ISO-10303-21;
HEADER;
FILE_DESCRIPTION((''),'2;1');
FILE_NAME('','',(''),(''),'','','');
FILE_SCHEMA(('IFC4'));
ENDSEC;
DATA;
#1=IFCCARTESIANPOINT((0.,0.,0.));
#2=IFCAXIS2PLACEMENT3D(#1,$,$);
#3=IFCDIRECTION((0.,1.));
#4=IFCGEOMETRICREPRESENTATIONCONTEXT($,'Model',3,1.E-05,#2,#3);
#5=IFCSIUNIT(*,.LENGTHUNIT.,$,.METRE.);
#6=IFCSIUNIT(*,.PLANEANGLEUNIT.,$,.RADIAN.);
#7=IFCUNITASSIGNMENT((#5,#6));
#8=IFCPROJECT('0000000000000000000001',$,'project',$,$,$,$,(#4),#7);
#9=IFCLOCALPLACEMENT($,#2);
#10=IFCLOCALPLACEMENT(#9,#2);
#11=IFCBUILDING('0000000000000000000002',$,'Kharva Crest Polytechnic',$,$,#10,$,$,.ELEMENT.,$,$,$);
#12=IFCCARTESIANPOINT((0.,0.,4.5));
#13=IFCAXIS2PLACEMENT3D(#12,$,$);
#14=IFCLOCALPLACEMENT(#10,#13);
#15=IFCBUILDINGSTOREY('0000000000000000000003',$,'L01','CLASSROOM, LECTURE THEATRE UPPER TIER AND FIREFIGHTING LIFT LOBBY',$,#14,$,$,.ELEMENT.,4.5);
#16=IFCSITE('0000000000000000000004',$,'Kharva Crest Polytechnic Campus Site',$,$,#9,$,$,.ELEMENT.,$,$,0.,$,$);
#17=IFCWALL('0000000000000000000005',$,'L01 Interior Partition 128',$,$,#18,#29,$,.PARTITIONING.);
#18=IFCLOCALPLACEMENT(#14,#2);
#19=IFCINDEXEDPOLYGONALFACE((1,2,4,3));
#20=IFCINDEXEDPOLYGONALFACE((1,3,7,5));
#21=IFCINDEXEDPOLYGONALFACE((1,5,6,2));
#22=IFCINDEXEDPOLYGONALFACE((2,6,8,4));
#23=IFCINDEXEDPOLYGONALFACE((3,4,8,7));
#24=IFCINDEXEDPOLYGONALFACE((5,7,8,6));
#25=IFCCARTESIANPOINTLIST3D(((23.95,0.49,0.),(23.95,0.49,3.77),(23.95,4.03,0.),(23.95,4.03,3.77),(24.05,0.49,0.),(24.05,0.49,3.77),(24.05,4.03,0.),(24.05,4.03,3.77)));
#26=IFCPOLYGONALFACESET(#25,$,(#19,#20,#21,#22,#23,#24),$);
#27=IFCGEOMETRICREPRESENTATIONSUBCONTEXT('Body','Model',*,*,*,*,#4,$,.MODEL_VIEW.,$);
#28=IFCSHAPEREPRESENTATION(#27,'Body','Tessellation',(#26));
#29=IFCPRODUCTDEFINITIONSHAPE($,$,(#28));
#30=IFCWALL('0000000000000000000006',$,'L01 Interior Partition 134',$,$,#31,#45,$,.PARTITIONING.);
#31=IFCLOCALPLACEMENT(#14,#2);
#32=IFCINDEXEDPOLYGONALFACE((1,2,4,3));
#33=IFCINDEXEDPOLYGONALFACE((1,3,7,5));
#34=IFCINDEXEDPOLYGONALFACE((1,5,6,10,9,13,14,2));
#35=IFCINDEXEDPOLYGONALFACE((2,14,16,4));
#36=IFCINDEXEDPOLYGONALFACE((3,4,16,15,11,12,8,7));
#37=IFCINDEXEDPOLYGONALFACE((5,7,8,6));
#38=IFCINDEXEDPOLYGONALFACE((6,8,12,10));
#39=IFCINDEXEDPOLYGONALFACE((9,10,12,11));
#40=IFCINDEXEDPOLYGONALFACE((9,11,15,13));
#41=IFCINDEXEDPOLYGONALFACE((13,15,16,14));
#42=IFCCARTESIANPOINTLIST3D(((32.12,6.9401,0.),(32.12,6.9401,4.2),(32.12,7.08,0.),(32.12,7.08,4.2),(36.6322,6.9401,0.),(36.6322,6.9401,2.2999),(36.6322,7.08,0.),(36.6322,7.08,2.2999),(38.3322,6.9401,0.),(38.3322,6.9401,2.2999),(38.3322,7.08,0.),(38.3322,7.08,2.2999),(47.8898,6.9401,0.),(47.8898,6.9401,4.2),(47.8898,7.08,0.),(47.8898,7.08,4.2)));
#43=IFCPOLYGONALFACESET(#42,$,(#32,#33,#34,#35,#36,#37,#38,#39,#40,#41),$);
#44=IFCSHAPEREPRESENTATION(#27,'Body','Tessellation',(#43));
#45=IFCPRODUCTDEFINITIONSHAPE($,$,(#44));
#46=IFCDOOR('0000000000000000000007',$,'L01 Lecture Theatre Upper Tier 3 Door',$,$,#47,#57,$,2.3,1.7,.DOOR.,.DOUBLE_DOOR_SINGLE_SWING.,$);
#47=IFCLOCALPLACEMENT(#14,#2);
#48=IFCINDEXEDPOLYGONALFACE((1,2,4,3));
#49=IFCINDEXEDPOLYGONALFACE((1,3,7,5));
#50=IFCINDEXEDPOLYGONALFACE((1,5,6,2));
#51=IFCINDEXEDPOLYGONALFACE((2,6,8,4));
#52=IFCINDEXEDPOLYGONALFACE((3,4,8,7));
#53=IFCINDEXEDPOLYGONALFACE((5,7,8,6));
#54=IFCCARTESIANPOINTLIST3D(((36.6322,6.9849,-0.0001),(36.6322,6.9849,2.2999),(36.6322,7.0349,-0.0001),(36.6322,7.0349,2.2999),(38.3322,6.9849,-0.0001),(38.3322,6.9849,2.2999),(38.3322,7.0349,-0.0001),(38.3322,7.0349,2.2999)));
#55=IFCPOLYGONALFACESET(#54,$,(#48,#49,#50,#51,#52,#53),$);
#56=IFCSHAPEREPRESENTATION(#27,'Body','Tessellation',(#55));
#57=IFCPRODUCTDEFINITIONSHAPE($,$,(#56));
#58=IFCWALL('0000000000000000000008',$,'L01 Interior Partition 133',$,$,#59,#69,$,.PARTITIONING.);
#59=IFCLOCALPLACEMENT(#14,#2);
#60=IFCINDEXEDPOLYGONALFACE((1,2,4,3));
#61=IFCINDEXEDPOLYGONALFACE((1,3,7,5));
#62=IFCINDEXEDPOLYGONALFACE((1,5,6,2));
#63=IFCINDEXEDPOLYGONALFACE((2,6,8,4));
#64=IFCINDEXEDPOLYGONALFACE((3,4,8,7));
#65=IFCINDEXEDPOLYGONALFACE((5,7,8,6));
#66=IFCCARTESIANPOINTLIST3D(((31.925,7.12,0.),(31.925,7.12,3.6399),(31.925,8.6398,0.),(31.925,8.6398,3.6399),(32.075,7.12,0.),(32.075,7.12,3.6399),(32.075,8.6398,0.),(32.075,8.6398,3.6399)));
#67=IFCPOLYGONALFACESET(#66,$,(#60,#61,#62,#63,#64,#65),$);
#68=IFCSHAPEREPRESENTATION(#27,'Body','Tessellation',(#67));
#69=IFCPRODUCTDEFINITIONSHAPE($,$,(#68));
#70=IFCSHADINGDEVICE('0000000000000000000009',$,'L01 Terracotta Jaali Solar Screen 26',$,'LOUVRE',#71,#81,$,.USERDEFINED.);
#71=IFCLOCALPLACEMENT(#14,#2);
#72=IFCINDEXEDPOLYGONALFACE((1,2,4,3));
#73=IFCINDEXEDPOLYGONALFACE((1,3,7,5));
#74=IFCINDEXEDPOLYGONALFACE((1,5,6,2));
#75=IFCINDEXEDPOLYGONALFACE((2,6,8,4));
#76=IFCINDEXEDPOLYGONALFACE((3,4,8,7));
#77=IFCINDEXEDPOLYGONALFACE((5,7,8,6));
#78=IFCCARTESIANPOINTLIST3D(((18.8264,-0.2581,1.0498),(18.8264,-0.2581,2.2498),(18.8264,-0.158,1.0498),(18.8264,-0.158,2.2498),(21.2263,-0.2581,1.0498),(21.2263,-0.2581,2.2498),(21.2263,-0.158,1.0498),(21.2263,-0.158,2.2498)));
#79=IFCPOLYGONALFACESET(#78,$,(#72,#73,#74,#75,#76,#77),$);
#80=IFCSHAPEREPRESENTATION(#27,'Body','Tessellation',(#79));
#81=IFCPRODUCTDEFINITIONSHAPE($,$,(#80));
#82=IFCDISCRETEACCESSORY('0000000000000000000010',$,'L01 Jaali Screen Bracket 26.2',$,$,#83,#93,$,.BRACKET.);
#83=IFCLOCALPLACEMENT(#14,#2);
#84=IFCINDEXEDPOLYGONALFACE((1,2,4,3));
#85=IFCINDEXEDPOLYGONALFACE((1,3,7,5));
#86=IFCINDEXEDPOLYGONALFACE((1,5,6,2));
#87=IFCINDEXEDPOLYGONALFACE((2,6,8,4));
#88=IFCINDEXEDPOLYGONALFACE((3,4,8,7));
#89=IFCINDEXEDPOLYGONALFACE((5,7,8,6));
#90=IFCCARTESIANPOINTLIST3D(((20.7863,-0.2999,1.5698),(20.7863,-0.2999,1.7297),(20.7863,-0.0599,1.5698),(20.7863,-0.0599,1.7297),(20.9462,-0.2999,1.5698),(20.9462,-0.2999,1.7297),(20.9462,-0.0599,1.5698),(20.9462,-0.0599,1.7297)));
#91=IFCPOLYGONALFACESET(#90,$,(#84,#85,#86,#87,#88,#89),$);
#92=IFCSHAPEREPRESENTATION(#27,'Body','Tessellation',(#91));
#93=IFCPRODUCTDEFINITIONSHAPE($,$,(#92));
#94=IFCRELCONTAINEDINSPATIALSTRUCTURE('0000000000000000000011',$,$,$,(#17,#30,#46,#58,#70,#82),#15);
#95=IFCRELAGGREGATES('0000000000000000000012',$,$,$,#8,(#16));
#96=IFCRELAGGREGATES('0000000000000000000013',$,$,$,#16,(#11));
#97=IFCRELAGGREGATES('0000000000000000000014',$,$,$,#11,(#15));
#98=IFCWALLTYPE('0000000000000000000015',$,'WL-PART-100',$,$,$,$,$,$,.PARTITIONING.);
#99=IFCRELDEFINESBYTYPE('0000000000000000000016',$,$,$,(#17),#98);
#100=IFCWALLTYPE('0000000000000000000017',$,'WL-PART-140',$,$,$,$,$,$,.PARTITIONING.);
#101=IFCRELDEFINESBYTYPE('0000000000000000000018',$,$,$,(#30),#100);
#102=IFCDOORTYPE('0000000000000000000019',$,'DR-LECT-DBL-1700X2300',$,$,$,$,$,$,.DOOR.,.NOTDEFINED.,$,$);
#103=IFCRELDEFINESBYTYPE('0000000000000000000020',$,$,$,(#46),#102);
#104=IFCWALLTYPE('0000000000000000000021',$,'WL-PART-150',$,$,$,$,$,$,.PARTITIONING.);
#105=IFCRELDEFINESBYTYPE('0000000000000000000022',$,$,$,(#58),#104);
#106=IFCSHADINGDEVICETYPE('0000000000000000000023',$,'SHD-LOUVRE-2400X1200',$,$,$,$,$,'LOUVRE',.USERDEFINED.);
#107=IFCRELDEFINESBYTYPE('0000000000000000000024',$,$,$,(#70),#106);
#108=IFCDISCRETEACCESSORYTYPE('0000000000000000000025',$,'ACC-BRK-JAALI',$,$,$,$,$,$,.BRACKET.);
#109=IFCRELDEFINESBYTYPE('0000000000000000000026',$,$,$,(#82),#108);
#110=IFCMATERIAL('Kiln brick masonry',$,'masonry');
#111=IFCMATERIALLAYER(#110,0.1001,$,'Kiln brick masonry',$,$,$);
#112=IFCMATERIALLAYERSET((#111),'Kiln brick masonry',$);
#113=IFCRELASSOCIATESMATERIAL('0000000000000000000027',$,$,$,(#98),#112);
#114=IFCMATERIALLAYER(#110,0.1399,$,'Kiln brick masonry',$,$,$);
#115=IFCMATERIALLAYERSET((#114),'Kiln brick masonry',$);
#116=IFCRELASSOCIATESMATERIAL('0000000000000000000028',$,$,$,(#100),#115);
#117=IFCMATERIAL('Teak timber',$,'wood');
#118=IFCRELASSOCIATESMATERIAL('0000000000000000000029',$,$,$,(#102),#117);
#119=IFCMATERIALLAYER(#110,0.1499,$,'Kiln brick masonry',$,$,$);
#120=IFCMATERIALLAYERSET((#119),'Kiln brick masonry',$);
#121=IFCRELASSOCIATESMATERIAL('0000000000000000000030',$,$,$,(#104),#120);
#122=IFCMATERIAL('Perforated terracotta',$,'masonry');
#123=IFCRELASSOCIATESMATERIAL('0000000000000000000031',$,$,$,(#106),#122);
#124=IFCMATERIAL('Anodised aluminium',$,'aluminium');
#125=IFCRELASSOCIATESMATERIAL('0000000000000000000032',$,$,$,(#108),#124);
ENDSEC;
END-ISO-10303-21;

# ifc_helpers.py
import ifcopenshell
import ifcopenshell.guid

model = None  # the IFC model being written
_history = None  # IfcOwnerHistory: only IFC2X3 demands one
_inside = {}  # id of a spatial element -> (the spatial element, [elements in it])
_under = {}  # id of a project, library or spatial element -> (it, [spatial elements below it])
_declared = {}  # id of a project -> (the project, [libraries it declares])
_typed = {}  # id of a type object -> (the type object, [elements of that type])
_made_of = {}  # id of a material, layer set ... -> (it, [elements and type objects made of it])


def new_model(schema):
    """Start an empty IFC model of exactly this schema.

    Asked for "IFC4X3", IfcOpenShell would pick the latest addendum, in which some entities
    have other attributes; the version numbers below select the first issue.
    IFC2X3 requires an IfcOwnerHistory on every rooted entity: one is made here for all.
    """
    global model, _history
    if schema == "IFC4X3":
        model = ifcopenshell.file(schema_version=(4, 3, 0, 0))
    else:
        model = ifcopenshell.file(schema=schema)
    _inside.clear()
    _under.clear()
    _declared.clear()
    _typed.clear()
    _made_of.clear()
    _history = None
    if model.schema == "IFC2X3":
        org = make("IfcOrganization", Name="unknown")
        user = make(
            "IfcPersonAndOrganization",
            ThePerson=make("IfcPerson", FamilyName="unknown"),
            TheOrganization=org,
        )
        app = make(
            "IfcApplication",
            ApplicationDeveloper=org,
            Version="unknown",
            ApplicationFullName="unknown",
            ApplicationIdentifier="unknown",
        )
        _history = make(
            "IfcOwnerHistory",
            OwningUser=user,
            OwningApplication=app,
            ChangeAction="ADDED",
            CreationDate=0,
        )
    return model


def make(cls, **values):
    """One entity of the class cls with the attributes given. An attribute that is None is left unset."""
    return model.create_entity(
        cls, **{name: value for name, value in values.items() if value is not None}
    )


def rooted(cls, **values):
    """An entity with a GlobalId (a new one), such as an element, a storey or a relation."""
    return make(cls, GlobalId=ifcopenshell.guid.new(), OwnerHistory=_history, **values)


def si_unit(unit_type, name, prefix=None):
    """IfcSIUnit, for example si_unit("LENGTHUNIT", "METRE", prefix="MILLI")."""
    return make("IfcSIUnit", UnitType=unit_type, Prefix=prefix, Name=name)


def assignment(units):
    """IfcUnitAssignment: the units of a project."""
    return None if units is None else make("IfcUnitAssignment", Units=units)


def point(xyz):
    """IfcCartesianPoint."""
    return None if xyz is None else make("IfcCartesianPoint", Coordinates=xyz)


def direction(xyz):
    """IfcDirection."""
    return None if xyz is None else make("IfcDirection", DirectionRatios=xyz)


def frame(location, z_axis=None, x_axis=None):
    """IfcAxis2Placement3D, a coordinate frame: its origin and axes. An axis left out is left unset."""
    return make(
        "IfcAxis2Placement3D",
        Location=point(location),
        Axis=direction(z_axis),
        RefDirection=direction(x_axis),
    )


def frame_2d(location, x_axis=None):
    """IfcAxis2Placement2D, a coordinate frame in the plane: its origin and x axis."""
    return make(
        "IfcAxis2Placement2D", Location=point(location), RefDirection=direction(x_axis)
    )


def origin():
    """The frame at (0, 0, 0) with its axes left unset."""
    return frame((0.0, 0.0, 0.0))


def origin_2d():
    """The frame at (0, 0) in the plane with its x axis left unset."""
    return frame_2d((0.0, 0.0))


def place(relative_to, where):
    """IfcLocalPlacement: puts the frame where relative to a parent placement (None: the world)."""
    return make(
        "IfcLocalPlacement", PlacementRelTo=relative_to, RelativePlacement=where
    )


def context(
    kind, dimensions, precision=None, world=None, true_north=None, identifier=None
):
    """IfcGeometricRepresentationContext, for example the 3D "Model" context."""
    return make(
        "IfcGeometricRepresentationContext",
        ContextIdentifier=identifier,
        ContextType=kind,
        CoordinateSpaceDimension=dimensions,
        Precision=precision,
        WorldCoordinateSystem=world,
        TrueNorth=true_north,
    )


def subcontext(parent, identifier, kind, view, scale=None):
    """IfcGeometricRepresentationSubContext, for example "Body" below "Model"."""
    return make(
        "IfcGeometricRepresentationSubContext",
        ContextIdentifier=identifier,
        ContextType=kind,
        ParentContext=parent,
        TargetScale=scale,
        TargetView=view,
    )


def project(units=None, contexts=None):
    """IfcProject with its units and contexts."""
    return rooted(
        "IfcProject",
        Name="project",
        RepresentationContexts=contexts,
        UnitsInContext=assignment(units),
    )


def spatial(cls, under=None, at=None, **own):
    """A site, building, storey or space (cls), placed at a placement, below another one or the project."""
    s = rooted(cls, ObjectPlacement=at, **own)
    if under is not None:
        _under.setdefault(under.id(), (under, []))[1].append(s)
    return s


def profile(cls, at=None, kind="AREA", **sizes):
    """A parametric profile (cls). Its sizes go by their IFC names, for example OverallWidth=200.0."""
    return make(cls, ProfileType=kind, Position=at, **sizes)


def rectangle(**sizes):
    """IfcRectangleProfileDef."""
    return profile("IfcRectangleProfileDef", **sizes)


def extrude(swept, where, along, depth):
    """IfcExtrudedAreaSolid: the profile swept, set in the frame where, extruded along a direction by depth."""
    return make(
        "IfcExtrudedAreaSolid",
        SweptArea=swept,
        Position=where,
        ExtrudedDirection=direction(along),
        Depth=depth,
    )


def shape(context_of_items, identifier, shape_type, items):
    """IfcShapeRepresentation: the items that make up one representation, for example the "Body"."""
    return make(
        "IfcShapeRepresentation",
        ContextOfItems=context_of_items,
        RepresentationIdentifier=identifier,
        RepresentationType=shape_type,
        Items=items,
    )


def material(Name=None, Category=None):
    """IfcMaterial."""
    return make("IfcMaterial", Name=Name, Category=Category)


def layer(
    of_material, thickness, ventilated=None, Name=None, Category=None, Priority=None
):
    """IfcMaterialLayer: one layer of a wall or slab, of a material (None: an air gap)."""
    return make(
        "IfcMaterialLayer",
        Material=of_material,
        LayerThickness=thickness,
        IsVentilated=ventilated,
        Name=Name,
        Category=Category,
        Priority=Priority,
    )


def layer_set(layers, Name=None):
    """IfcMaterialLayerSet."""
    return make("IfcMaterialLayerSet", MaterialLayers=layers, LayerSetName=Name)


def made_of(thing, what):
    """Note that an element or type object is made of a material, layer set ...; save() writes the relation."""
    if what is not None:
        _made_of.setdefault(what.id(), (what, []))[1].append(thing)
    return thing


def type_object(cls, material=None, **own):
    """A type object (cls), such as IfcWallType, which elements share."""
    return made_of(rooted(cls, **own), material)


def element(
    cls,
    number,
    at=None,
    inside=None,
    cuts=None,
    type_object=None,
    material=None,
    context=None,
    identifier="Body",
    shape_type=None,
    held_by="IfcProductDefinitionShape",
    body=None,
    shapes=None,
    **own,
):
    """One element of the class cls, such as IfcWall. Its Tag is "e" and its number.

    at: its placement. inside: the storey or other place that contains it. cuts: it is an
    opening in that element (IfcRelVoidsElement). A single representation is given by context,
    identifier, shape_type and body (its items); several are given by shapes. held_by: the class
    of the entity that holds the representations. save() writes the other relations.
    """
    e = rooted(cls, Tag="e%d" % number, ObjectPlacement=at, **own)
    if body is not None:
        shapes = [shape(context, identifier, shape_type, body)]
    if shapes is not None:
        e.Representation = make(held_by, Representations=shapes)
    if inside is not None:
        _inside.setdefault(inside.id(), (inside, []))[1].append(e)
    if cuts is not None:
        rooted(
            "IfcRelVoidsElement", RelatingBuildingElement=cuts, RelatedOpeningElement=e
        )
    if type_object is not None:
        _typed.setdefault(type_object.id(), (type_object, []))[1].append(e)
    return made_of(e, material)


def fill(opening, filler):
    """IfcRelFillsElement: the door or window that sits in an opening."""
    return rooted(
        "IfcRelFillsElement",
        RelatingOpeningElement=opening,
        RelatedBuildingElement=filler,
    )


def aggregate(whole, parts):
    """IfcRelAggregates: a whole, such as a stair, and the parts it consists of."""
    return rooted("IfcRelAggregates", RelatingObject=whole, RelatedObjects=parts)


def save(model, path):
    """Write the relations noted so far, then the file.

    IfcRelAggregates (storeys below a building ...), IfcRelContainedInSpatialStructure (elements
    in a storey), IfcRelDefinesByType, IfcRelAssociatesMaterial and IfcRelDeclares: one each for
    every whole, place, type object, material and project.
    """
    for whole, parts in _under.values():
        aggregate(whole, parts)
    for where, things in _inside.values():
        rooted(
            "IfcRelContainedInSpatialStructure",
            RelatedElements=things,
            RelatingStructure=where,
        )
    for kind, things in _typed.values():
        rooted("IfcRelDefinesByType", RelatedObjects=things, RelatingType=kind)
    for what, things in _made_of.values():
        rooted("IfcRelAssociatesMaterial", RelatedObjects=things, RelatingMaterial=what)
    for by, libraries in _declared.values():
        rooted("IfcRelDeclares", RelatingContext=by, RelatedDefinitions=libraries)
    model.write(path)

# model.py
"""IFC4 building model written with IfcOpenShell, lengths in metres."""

from ifc_helpers import new_model, si_unit, direction, frame, frame_2d, origin, origin_2d, place, context, subcontext, project, spatial, rectangle, extrude, material, layer, layer_set, type_object, element, fill, save


model = new_model("IFC4")

# Units and contexts
model_context = context("Model", 3, precision=1e-05, world=origin(), true_north=direction((0.0, 1.0)))
body_context = subcontext(model_context, "Body", "Model", "MODEL_VIEW")
ifc_project = project(units=[si_unit("LENGTHUNIT", "METRE"), si_unit("PLANEANGLEUNIT", "RADIAN")], contexts=[model_context])

# Site, building, storey
site_placement = place(None, origin())
site = spatial("IfcSite", under=ifc_project, at=site_placement, Name="Kharva Crest Polytechnic Campus Site", CompositionType="ELEMENT", RefElevation=0.0)
building_placement = place(site_placement, origin())
building = spatial("IfcBuilding", under=site, at=building_placement, Name="Kharva Crest Polytechnic", CompositionType="ELEMENT")
storey_placement = place(building_placement, frame((0.0, 0.0, 4.5)))
storey = spatial("IfcBuildingStorey", under=building, at=storey_placement, Name="L01", Description="CLASSROOM, LECTURE THEATRE UPPER TIER AND FIREFIGHTING LIFT LOBBY", CompositionType="ELEMENT", Elevation=4.5)

# Shared definitions
ifc_material_1 = material(Name="Kiln brick masonry", Category="masonry")
ifc_material_2 = material(Name="Anodised aluminium", Category="aluminium")

# Shared definitions
ifc_material_3 = material(Name="Teak timber", Category="wood")

# Wall
ifc_layer_1 = layer(ifc_material_1, 0.1001, Name="Kiln brick masonry")
ifc_layer_set_1 = layer_set([ifc_layer_1], Name="Kiln brick masonry")
wall_type_1 = type_object("IfcWallType", Name="WL-PART-100", PredefinedType="PARTITIONING", material=ifc_layer_set_1)
wall_1_placement = place(storey_placement, frame((24.0, 0.49, 0.0), z_axis=(0.0, 0.0, 1.0), x_axis=(0.0, 1.0, 0.0)))
element("IfcWall", 1, at=wall_1_placement, inside=storey, type_object=wall_type_1, Name="L01 Interior Partition 128", PredefinedType="PARTITIONING", context=body_context, shape_type="SweptSolid", body=[
    extrude(rectangle(XDim=3.54, YDim=0.1001, at=frame_2d((1.77, 0.0))), origin(), (0.0, 0.0, 1.0), 3.77),
])

# Wall, opening, door
ifc_layer_2 = layer(ifc_material_1, 0.1399, Name="Kiln brick masonry")
ifc_layer_set_2 = layer_set([ifc_layer_2], Name="Kiln brick masonry")
wall_type_2 = type_object("IfcWallType", Name="WL-PART-140", PredefinedType="PARTITIONING", material=ifc_layer_set_2)
wall_2_placement = place(storey_placement, frame((32.1201, 7.01, 0.0), z_axis=(0.0, 0.0, 1.0), x_axis=(1.0, 0.0, 0.0)))
wall_2 = element("IfcWall", 2, at=wall_2_placement, inside=storey, type_object=wall_type_2, Name="L01 Interior Partition 134", PredefinedType="PARTITIONING", context=body_context, shape_type="SweptSolid", body=[
    extrude(rectangle(XDim=15.7698, YDim=0.1399, at=frame_2d((7.8848, 0.0))), origin(), (0.0, 0.0, 1.0), 4.2),
])
opening_1_placement = place(wall_2_placement, frame((4.512, 0.0, 0.0)))
opening_1 = element("IfcOpeningElement", 3, at=opening_1_placement, cuts=wall_2, PredefinedType="OPENING", context=body_context, shape_type="SweptSolid", body=[
    extrude(rectangle(XDim=1.7, YDim=2.3, at=frame_2d((0.8501, 1.1499))), frame((0.0, 0.0798, 0.0), z_axis=(0.0, -1.0, 0.0), x_axis=(1.0, 0.0, 0.0)), (0.0, 0.0, 1.0), 0.1599),
])
door_type_1 = type_object("IfcDoorType", Name="DR-LECT-DBL-1700X2300", OperationType="NOTDEFINED", PredefinedType="DOOR", material=ifc_material_3)
door_1_placement = place(opening_1_placement, origin())
door_1 = element("IfcDoor", 4, at=door_1_placement, inside=storey, type_object=door_type_1, Name="L01 Lecture Theatre Upper Tier 3 Door", OperationType="DOUBLE_DOOR_SINGLE_SWING", OverallHeight=2.3, OverallWidth=1.7, PredefinedType="DOOR", context=body_context, shape_type="SweptSolid", body=[
    extrude(rectangle(XDim=1.7, YDim=2.3, at=frame_2d((0.8501, 1.1499))), frame((0.0, 0.0249, 0.0), z_axis=(0.0, -1.0, 0.0), x_axis=(1.0, 0.0, 0.0)), (0.0, 0.0, 1.0), 0.05),
])
fill(opening_1, door_1)

# Wall
ifc_layer_3 = layer(ifc_material_1, 0.1499, Name="Kiln brick masonry")
ifc_layer_set_3 = layer_set([ifc_layer_3], Name="Kiln brick masonry")
wall_type_3 = type_object("IfcWallType", Name="WL-PART-150", PredefinedType="PARTITIONING", material=ifc_layer_set_3)
wall_3_placement = place(storey_placement, frame((32.0, 7.1201, 0.0), z_axis=(0.0, 0.0, 1.0), x_axis=(0.0, 1.0, 0.0)))
element("IfcWall", 5, at=wall_3_placement, inside=storey, type_object=wall_type_3, Name="L01 Interior Partition 133", PredefinedType="PARTITIONING", context=body_context, shape_type="SweptSolid", body=[
    extrude(rectangle(XDim=1.5198, YDim=0.1499, at=frame_2d((0.7598, 0.0))), origin(), (0.0, 0.0, 1.0), 3.6399),
])

# Shading device
ifc_material_4 = material(Name="Perforated terracotta", Category="masonry")
shading_device_type = type_object("IfcShadingDeviceType", Name="SHD-LOUVRE-2400X1200", ElementType="LOUVRE", PredefinedType="USERDEFINED", material=ifc_material_4)
shading_device_placement = place(storey_placement, frame((20.0264, -0.208, 1.0498), z_axis=(0.0, 0.0, 1.0), x_axis=(1.0, 0.0, 0.0)))
element("IfcShadingDevice", 6, at=shading_device_placement, inside=storey, type_object=shading_device_type, Name="L01 Terracotta Jaali Solar Screen 26", ObjectType="LOUVRE", PredefinedType="USERDEFINED", context=body_context, shape_type="SweptSolid", body=[
    extrude(rectangle(XDim=2.3999, YDim=0.1001, at=origin_2d()), origin(), (0.0, 0.0, 1.0), 1.2),
])

# Discrete accessory
discrete_accessory_type = type_object("IfcDiscreteAccessoryType", Name="ACC-BRK-JAALI", PredefinedType="BRACKET", material=ifc_material_2)
discrete_accessory_placement = place(storey_placement, frame((20.8662, -0.1799, 1.5698), z_axis=(0.0, 0.0, 1.0), x_axis=(1.0, 0.0, 0.0)))
element("IfcDiscreteAccessory", 7, at=discrete_accessory_placement, inside=storey, type_object=discrete_accessory_type, Name="L01 Jaali Screen Bracket 26.2", PredefinedType="BRACKET", context=body_context, shape_type="SweptSolid", body=[
    extrude(rectangle(XDim=0.1599, YDim=0.24, at=origin_2d()), origin(), (0.0, 0.0, 1.0), 0.1599),
])

save(model, "model.ifc")
